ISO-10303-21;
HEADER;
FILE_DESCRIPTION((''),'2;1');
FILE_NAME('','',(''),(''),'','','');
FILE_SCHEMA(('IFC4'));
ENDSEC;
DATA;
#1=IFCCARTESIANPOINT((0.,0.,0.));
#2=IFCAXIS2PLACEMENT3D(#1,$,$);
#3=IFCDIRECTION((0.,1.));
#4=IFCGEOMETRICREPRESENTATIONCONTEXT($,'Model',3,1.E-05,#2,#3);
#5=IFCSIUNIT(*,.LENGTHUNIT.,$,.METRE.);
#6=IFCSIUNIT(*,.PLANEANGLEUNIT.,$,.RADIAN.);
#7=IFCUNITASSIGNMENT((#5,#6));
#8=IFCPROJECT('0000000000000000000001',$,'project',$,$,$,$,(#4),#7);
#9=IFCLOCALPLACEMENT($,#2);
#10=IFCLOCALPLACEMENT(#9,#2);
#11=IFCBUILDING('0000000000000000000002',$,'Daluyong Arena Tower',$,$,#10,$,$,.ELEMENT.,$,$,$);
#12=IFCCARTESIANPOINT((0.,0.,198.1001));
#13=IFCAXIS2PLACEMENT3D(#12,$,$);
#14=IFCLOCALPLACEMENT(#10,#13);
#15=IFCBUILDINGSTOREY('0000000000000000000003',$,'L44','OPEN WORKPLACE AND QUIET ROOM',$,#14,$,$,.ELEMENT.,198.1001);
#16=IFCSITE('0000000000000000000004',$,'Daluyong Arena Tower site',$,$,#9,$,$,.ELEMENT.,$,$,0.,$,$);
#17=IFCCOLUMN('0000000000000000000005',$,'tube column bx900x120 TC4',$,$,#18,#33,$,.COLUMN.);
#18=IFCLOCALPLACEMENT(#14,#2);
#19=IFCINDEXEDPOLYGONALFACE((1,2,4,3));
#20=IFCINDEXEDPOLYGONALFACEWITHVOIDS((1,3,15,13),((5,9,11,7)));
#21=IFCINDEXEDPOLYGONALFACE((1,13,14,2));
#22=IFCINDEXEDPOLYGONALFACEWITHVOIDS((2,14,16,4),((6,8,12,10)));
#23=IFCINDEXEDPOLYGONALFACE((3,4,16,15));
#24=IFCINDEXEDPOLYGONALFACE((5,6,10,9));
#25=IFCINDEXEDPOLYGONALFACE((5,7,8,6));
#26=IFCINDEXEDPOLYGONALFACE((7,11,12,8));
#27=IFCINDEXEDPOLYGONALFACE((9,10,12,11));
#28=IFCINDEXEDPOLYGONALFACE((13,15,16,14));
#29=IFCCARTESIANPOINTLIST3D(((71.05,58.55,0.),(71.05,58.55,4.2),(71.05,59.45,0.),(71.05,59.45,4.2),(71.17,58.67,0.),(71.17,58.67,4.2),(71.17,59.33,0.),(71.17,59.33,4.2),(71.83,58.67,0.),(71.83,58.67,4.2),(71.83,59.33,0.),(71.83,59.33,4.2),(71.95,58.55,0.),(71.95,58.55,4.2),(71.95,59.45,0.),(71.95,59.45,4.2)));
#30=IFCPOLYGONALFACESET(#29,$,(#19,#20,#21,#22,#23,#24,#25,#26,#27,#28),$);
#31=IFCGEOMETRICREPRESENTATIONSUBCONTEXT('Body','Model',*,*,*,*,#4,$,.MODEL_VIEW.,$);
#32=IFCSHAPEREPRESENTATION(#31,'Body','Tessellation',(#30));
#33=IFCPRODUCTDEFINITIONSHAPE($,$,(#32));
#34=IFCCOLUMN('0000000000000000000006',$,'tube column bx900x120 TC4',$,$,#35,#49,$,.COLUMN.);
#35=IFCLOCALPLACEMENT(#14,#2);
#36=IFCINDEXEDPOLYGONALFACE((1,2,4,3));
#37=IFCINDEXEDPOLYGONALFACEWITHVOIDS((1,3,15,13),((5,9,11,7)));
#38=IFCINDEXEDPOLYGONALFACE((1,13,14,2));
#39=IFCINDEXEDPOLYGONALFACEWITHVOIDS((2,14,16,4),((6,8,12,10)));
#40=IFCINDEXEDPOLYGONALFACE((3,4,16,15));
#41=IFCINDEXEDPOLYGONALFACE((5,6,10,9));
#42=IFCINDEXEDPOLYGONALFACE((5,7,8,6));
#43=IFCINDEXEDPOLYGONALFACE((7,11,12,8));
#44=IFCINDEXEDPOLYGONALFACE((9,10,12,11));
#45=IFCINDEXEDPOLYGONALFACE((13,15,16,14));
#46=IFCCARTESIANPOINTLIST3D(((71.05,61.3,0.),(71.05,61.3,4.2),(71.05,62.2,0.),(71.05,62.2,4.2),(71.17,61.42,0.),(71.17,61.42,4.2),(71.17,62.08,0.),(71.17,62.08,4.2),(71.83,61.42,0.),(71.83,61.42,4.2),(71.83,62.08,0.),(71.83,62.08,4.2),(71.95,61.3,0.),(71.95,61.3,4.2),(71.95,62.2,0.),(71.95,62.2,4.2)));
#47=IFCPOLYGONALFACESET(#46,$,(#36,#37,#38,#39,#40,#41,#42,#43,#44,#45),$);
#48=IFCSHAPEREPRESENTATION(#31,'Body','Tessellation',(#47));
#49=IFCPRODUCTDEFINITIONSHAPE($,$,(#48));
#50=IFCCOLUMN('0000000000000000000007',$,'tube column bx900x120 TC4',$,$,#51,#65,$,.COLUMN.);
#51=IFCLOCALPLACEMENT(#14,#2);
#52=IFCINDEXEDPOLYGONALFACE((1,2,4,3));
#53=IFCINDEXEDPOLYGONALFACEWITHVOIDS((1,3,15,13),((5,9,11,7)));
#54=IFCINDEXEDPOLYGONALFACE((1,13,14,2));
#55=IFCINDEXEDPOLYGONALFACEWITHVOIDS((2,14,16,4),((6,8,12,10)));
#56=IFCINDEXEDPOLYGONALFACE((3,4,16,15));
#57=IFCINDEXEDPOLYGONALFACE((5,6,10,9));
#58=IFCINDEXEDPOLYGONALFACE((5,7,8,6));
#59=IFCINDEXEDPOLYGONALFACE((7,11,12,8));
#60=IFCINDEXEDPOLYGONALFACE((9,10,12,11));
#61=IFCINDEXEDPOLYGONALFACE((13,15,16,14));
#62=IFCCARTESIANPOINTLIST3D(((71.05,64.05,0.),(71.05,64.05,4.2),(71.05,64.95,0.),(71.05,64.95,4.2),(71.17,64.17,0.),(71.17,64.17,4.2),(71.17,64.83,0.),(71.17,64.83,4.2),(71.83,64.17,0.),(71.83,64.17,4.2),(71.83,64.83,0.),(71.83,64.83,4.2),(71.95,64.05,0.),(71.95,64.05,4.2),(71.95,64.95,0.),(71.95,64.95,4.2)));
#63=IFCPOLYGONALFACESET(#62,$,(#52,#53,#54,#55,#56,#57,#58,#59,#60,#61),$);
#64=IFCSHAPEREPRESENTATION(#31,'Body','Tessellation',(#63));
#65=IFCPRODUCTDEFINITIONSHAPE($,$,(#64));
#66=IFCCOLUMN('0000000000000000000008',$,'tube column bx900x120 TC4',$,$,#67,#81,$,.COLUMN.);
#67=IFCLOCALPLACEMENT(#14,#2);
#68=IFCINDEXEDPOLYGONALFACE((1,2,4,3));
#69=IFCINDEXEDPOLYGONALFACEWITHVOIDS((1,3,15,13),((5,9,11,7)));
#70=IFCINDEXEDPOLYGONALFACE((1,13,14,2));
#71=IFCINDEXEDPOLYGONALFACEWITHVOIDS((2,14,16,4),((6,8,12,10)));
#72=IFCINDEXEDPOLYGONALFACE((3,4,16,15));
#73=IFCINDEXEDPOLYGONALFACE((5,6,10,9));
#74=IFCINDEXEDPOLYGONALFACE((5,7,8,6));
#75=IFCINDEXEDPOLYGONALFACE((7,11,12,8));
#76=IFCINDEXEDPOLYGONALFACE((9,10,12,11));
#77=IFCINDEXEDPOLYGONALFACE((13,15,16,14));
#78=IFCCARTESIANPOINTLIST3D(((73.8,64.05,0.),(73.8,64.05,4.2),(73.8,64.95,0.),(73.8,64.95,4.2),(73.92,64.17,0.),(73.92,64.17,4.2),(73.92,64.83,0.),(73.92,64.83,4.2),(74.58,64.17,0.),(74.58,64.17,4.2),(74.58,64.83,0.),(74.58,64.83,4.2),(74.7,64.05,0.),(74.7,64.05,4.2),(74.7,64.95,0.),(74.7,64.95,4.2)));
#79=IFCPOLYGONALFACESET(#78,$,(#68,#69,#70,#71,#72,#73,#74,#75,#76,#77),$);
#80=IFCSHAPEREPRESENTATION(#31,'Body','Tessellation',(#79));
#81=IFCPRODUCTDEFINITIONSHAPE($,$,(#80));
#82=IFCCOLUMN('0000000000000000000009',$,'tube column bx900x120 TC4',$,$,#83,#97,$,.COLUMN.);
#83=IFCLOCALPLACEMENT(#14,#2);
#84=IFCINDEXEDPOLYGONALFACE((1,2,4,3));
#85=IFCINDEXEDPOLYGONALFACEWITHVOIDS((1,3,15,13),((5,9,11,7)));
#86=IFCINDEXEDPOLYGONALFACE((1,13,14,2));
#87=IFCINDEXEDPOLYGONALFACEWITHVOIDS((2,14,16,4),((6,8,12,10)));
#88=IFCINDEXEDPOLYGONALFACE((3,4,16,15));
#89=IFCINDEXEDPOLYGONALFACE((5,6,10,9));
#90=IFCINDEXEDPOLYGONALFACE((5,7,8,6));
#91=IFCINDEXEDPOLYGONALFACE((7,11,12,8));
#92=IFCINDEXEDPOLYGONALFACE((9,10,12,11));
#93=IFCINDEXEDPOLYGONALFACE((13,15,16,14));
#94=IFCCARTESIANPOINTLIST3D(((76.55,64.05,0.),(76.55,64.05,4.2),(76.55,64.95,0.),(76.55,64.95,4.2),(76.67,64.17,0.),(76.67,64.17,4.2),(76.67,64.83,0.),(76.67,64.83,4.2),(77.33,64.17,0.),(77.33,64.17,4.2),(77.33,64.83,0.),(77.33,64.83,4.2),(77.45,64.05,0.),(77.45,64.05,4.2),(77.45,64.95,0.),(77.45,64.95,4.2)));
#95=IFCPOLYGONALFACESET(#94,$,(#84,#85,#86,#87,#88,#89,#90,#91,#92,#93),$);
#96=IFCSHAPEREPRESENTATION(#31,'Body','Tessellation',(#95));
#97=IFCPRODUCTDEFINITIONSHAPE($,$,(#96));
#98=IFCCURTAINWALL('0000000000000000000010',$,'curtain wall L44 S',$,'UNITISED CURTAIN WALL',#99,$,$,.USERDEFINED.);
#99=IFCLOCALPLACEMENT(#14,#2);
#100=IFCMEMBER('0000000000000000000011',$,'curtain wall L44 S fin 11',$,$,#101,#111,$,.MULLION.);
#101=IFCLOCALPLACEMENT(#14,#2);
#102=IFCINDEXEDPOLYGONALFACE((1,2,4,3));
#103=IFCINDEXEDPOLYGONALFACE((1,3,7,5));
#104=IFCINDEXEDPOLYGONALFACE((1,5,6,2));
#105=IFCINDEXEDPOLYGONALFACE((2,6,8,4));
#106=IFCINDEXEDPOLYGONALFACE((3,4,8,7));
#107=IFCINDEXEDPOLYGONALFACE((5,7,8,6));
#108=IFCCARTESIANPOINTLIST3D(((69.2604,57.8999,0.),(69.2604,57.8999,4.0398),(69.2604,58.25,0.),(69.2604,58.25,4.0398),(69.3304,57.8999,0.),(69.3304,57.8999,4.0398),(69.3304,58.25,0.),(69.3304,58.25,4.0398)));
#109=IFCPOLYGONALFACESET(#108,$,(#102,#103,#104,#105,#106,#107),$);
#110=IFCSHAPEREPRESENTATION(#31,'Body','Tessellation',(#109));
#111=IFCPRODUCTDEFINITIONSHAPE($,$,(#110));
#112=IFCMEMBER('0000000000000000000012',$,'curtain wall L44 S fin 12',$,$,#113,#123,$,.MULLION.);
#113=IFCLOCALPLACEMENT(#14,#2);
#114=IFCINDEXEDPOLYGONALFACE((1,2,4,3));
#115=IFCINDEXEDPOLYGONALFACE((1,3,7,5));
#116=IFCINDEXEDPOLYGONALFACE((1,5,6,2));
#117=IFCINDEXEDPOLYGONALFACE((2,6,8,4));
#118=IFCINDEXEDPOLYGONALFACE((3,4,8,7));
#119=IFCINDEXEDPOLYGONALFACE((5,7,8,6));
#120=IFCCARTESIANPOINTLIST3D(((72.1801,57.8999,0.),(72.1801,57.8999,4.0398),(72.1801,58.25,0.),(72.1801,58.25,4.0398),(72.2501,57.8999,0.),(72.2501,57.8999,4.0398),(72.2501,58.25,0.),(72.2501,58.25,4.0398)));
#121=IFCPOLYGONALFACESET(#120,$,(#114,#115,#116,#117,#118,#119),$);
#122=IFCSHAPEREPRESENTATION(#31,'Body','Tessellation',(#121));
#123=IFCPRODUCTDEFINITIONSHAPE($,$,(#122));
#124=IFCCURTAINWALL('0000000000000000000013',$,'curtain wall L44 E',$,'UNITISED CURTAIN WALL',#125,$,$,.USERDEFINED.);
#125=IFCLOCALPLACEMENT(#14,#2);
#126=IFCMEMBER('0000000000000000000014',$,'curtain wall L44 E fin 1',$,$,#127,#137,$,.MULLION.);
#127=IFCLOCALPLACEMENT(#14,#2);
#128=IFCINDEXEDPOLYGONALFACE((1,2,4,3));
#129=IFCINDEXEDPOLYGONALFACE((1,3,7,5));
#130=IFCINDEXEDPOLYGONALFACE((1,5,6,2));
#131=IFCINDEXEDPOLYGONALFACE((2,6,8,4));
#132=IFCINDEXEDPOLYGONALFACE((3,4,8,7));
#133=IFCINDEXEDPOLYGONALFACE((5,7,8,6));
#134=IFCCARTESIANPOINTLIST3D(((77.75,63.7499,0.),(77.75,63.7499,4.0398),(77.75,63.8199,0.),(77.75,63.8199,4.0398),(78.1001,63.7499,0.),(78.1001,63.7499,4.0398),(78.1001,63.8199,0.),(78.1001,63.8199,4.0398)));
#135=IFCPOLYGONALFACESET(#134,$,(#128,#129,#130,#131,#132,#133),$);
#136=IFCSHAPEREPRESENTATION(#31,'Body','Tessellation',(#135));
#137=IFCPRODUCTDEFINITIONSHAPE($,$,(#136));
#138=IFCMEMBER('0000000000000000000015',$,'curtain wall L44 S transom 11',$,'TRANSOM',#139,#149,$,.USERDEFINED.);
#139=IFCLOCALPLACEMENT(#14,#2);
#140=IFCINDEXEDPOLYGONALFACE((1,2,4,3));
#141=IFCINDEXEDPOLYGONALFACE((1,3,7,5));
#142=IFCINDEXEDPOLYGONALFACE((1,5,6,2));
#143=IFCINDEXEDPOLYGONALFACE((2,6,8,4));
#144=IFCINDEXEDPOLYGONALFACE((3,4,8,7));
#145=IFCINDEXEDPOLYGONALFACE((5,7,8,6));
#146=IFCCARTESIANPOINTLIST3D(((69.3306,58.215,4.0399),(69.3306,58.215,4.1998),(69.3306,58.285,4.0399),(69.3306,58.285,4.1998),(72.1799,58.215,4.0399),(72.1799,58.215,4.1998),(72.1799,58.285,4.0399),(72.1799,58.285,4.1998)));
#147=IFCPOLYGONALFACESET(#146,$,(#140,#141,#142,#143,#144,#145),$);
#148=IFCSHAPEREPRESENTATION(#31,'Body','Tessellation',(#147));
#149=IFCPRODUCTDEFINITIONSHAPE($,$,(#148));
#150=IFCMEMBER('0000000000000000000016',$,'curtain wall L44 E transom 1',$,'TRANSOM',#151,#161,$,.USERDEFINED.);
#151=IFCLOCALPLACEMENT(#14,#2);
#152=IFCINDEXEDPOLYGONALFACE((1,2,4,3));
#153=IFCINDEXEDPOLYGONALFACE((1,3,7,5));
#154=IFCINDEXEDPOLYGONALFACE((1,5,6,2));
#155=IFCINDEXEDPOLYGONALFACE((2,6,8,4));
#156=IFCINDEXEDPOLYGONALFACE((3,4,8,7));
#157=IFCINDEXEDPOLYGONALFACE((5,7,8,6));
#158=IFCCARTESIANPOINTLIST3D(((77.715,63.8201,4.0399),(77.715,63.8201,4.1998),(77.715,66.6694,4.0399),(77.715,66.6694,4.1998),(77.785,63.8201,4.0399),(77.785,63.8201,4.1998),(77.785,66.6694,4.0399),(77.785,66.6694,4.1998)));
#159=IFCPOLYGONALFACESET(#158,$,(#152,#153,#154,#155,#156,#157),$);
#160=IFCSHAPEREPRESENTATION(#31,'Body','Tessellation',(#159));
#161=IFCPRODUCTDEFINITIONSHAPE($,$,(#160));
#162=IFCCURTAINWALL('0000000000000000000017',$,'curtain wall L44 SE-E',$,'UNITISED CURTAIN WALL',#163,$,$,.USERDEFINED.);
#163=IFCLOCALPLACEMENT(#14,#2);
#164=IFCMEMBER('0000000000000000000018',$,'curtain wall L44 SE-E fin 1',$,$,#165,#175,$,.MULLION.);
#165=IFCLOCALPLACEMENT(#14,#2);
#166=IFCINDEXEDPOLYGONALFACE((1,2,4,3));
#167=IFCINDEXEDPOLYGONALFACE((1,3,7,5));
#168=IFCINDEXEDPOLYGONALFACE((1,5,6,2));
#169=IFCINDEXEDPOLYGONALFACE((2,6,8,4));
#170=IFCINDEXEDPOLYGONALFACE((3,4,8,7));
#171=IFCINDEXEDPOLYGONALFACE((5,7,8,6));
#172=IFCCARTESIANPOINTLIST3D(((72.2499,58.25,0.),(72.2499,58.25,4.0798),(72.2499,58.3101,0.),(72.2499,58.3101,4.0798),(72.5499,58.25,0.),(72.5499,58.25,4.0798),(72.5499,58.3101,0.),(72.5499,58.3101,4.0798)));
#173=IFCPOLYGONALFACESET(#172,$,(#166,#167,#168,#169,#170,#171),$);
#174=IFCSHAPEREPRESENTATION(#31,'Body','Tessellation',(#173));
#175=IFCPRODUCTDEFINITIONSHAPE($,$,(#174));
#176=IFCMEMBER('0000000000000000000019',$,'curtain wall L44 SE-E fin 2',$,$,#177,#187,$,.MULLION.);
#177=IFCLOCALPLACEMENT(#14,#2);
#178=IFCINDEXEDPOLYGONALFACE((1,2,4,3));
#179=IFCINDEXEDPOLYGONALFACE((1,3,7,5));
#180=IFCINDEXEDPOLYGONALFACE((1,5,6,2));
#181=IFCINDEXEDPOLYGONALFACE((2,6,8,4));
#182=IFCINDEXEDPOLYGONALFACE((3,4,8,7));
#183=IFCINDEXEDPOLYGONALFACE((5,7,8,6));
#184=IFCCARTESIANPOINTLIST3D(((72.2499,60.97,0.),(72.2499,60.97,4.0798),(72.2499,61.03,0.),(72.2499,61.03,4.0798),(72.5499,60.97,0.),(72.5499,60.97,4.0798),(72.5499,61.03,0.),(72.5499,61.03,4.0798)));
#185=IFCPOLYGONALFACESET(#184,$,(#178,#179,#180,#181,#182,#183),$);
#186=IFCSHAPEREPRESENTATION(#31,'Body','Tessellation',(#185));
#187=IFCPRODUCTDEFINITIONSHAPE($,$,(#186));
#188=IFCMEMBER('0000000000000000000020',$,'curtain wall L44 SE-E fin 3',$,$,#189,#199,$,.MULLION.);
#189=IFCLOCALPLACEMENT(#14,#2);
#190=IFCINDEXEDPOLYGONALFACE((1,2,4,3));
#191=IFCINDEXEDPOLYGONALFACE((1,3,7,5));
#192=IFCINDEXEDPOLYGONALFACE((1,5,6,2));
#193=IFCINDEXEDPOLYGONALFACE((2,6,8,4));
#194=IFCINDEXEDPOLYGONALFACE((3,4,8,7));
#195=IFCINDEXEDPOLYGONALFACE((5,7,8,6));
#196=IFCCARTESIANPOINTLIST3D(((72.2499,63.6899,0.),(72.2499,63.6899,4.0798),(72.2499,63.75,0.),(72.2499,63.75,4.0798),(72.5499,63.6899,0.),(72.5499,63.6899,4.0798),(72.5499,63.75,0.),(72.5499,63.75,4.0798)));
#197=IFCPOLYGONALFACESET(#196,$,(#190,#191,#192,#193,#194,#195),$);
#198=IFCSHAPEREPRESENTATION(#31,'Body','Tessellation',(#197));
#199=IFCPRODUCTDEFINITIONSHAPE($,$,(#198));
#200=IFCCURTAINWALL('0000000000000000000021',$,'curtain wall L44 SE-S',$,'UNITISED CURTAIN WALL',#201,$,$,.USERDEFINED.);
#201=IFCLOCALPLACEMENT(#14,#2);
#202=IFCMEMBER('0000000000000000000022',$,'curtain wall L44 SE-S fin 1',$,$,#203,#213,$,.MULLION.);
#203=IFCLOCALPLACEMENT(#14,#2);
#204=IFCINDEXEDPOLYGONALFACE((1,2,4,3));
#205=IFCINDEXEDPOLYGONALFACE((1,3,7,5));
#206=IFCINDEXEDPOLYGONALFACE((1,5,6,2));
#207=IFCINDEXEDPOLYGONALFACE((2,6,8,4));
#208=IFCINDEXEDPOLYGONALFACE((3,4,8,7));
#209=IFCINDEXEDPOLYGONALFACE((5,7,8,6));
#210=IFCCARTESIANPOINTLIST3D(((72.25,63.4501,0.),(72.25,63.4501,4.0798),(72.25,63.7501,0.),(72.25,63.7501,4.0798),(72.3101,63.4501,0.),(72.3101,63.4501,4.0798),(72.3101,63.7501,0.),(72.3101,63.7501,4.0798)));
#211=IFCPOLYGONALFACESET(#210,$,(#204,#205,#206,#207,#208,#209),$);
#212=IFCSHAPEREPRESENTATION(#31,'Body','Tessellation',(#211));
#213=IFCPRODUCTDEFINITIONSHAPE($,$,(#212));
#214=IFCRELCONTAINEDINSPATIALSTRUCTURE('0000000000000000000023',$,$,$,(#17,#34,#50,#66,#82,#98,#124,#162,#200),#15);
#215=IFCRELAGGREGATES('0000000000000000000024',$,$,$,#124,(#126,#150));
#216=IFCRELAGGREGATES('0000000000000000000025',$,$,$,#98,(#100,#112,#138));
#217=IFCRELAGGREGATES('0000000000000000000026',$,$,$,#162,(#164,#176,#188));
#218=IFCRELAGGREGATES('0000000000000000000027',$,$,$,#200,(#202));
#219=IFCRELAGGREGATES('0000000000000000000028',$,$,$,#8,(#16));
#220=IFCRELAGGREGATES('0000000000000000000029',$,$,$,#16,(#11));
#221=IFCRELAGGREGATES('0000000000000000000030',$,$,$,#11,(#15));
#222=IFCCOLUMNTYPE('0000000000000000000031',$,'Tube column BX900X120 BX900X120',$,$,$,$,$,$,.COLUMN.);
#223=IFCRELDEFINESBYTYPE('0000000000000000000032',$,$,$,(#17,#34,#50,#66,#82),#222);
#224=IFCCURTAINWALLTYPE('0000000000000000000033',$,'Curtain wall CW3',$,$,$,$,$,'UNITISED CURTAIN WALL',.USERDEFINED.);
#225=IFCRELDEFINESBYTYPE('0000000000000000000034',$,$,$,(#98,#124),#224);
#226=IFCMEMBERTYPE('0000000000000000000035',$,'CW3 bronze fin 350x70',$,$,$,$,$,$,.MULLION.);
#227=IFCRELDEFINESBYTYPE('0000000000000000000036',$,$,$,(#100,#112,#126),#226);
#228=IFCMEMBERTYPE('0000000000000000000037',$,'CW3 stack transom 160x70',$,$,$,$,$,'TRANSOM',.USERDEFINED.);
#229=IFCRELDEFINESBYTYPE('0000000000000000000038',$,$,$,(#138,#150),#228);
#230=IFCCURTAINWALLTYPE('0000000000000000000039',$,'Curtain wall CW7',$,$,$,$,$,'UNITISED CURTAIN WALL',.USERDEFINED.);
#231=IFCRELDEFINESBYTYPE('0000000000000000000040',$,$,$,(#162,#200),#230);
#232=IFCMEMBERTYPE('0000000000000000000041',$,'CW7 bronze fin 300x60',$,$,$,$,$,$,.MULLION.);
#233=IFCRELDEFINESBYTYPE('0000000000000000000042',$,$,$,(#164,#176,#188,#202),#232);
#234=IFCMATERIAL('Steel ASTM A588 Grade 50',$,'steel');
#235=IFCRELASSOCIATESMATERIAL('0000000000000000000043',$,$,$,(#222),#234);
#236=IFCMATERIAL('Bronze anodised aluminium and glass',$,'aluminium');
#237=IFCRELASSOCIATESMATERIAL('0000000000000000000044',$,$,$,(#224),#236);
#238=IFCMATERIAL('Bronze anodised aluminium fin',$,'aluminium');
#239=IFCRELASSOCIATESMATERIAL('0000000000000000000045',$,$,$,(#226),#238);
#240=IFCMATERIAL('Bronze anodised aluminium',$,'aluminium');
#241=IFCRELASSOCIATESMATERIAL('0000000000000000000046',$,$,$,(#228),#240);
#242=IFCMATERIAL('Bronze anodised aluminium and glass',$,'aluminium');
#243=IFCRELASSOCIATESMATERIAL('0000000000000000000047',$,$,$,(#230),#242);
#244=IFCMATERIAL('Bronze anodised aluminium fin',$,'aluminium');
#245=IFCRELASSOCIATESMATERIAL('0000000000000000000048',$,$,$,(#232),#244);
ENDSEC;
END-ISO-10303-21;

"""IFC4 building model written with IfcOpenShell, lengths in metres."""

from ifc_helpers import new_model, si_unit, direction, frame, origin, origin_2d, place, context, subcontext, project, spatial, rectangle, hollow_rectangle, extrude, material, material_profile, profile_set, type_object, element, aggregate, save


model = new_model("IFC4")

# Units and contexts
model_context = context("Model", 3, precision=1e-05, world=origin(), true_north=direction((0.0, 1.0)))
body_context = subcontext(model_context, "Body", "Model", "MODEL_VIEW")
ifc_project = project(units=[si_unit("LENGTHUNIT", "METRE"), si_unit("PLANEANGLEUNIT", "RADIAN")], contexts=[model_context])

# Site, building, storey
site_placement = place(None, origin())
site = spatial("IfcSite", under=ifc_project, at=site_placement, Name="Daluyong Arena Tower site", CompositionType="ELEMENT", RefElevation=0.0)
building_placement = place(site_placement, origin())
building = spatial("IfcBuilding", under=site, at=building_placement, Name="Daluyong Arena Tower", CompositionType="ELEMENT")
storey_placement = place(building_placement, frame((0.0, 0.0, 198.1001)))
storey = spatial("IfcBuildingStorey", under=building, at=storey_placement, Name="L44", Description="OPEN WORKPLACE AND QUIET ROOM", CompositionType="ELEMENT", Elevation=198.1001)

# Columns
ifc_material_1 = material(Name="Steel ASTM A588 Grade 50", Category="steel")
ifc_material_profile_1 = material_profile(ifc_material_1, hollow_rectangle(XDim=0.8999, YDim=0.8999, WallThickness=0.12, at=origin_2d()))
ifc_profile_set_1 = profile_set([ifc_material_profile_1], Name="Steel ASTM A588 Grade 50")
column_type = type_object("IfcColumnType", Name="Tube column BX900X120 BX900X120", PredefinedType="COLUMN", material=ifc_profile_set_1)
for number, where, z_axis, x_axis, name in (
    (1, (71.5, 59.0, 0.0), (0.0, 0.0, 1.0), (0.0, 1.0, 0.0), "tube column bx900x120 TC4"),
    (2, (71.5, 61.75, 0.0), (0.0, 0.0, 1.0), (0.0, 1.0, 0.0), "tube column bx900x120 TC4"),
    (3, (71.5, 64.5, 0.0), (0.0, 0.0, 1.0), (1.0, 0.0, 0.0), "tube column bx900x120 TC4"),
    (4, (74.25, 64.5, 0.0), (0.0, 0.0, 1.0), (1.0, 0.0, 0.0), "tube column bx900x120 TC4"),
    (5, (77.0, 64.5, 0.0), (0.0, 0.0, 1.0), (0.0, 1.0, 0.0), "tube column bx900x120 TC4"),
):
    element("IfcColumn", number, at=place(storey_placement, frame(where, z_axis=z_axis, x_axis=x_axis)), inside=storey, type_object=column_type, Name=name, PredefinedType="COLUMN", context=body_context, shape_type="SweptSolid", body=[
        extrude(hollow_rectangle(XDim=0.8999, YDim=0.8999, WallThickness=0.12, at=origin_2d()), origin(), (0.0, 0.0, 1.0), 4.2),
    ])

# Curtain wall, members
ifc_material_2 = material(Name="Bronze anodised aluminium and glass", Category="aluminium")
curtain_wall_type_1 = type_object("IfcCurtainWallType", Name="Curtain wall CW3", ElementType="UNITISED CURTAIN WALL", PredefinedType="USERDEFINED", material=ifc_material_2)
curtain_wall_1_placement = place(storey_placement, origin())
curtain_wall_1 = element("IfcCurtainWall", 6, at=curtain_wall_1_placement, inside=storey, type_object=curtain_wall_type_1, Name="curtain wall L44 S", ObjectType="UNITISED CURTAIN WALL", PredefinedType="USERDEFINED")
ifc_material_3 = material(Name="Bronze anodised aluminium fin", Category="aluminium")
ifc_material_profile_2 = material_profile(ifc_material_3, rectangle(XDim=0.3501, YDim=0.0701, at=origin_2d()))
ifc_profile_set_2 = profile_set([ifc_material_profile_2], Name="Bronze anodised aluminium fin")
member_type_1 = type_object("IfcMemberType", Name="CW3 bronze fin 350x70", PredefinedType="MULLION", material=ifc_profile_set_2)
member_1_placement = place(storey_placement, frame((69.2954, 58.075, 0.0), z_axis=(0.0, 0.0, 1.0), x_axis=(0.0, 1.0, 0.0)))
member_1 = element("IfcMember", 7, at=member_1_placement, type_object=member_type_1, Name="curtain wall L44 S fin 11", PredefinedType="MULLION", context=body_context, shape_type="SweptSolid", body=[
    extrude(rectangle(XDim=0.3501, YDim=0.0701, at=origin_2d()), origin(), (0.0, 0.0, 1.0), 4.0398),
])
member_2_placement = place(storey_placement, frame((72.2151, 58.075, 0.0), z_axis=(0.0, 0.0, 1.0), x_axis=(0.0, 1.0, 0.0)))
member_2 = element("IfcMember", 8, at=member_2_placement, type_object=member_type_1, Name="curtain wall L44 S fin 12", PredefinedType="MULLION", context=body_context, shape_type="SweptSolid", body=[
    extrude(rectangle(XDim=0.3501, YDim=0.0701, at=origin_2d()), origin(), (0.0, 0.0, 1.0), 4.0398),
])

# Curtain wall, member
curtain_wall_2_placement = place(storey_placement, origin())
curtain_wall_2 = element("IfcCurtainWall", 9, at=curtain_wall_2_placement, inside=storey, type_object=curtain_wall_type_1, Name="curtain wall L44 E", ObjectType="UNITISED CURTAIN WALL", PredefinedType="USERDEFINED")
member_3_placement = place(storey_placement, frame((77.925, 63.7849, 0.0), z_axis=(0.0, 0.0, 1.0), x_axis=(-1.0, 0.0, 0.0)))
member_3 = element("IfcMember", 10, at=member_3_placement, type_object=member_type_1, Name="curtain wall L44 E fin 1", PredefinedType="MULLION", context=body_context, shape_type="SweptSolid", body=[
    extrude(rectangle(XDim=0.3501, YDim=0.0701, at=origin_2d()), origin(), (0.0, 0.0, 1.0), 4.0398),
])

# Members
ifc_material_4 = material(Name="Bronze anodised aluminium", Category="aluminium")
ifc_material_profile_3 = material_profile(ifc_material_4, rectangle(XDim=0.0701, YDim=0.1599, at=origin_2d()))
ifc_profile_set_3 = profile_set([ifc_material_profile_3], Name="Bronze anodised aluminium")
member_type_2 = type_object("IfcMemberType", Name="CW3 stack transom 160x70", ElementType="TRANSOM", PredefinedType="USERDEFINED", material=ifc_profile_set_3)
member_4_placement = place(storey_placement, frame((69.3306, 58.25, 4.1199), z_axis=(1.0, 0.0, 0.0), x_axis=(0.0, 1.0, 0.0)))
member_4 = element("IfcMember", 11, at=member_4_placement, type_object=member_type_2, Name="curtain wall L44 S transom 11", ObjectType="TRANSOM", PredefinedType="USERDEFINED", context=body_context, shape_type="SweptSolid", body=[
    extrude(rectangle(XDim=0.0701, YDim=0.1599, at=origin_2d()), origin(), (0.0, 0.0, 1.0), 2.8494),
])
member_5_placement = place(storey_placement, frame((77.75, 63.8201, 4.1199), z_axis=(0.0, 1.0, 0.0), x_axis=(-1.0, 0.0, 0.0)))
member_5 = element("IfcMember", 12, at=member_5_placement, type_object=member_type_2, Name="curtain wall L44 E transom 1", ObjectType="TRANSOM", PredefinedType="USERDEFINED", context=body_context, shape_type="SweptSolid", body=[
    extrude(rectangle(XDim=0.0701, YDim=0.1599, at=origin_2d()), origin(), (0.0, 0.0, 1.0), 2.8494),
])
aggregate(curtain_wall_2, [member_3, member_5])

# Curtain walls, members
ifc_material_5 = material(Name="Bronze anodised aluminium and glass", Category="aluminium")
curtain_wall_type_2 = type_object("IfcCurtainWallType", Name="Curtain wall CW7", ElementType="UNITISED CURTAIN WALL", PredefinedType="USERDEFINED", material=ifc_material_5)
curtain_wall_3_placement = place(storey_placement, origin())
curtain_wall_3 = element("IfcCurtainWall", 13, at=curtain_wall_3_placement, inside=storey, type_object=curtain_wall_type_2, Name="curtain wall L44 SE-E", ObjectType="UNITISED CURTAIN WALL", PredefinedType="USERDEFINED")
ifc_material_6 = material(Name="Bronze anodised aluminium fin", Category="aluminium")
ifc_material_profile_4 = material_profile(ifc_material_6, rectangle(XDim=0.3, YDim=0.0601, at=origin_2d()))
ifc_profile_set_4 = profile_set([ifc_material_profile_4], Name="Bronze anodised aluminium fin")
member_type_3 = type_object("IfcMemberType", Name="CW7 bronze fin 300x60", PredefinedType="MULLION", material=ifc_profile_set_4)
member_6_placement = place(storey_placement, frame((72.3999, 58.28, 0.0), z_axis=(0.0, 0.0, 1.0), x_axis=(-1.0, 0.0, 0.0)))
member_6 = element("IfcMember", 14, at=member_6_placement, type_object=member_type_3, Name="curtain wall L44 SE-E fin 1", PredefinedType="MULLION", context=body_context, shape_type="SweptSolid", body=[
    extrude(rectangle(XDim=0.3, YDim=0.0601, at=origin_2d()), origin(), (0.0, 0.0, 1.0), 4.0798),
])
member_7_placement = place(storey_placement, frame((72.3999, 61.0, 0.0), z_axis=(0.0, 0.0, 1.0), x_axis=(-1.0, 0.0, 0.0)))
member_7 = element("IfcMember", 15, at=member_7_placement, type_object=member_type_3, Name="curtain wall L44 SE-E fin 2", PredefinedType="MULLION", context=body_context, shape_type="SweptSolid", body=[
    extrude(rectangle(XDim=0.3, YDim=0.0601, at=origin_2d()), origin(), (0.0, 0.0, 1.0), 4.0798),
])
member_8_placement = place(storey_placement, frame((72.3999, 63.72, 0.0), z_axis=(0.0, 0.0, 1.0), x_axis=(-1.0, 0.0, 0.0)))
member_8 = element("IfcMember", 16, at=member_8_placement, type_object=member_type_3, Name="curtain wall L44 SE-E fin 3", PredefinedType="MULLION", context=body_context, shape_type="SweptSolid", body=[
    extrude(rectangle(XDim=0.3, YDim=0.0601, at=origin_2d()), origin(), (0.0, 0.0, 1.0), 4.0798),
])
curtain_wall_4_placement = place(storey_placement, origin())
curtain_wall_4 = element("IfcCurtainWall", 17, at=curtain_wall_4_placement, inside=storey, type_object=curtain_wall_type_2, Name="curtain wall L44 SE-S", ObjectType="UNITISED CURTAIN WALL", PredefinedType="USERDEFINED")
member_9_placement = place(storey_placement, frame((72.28, 63.6001, 0.0), z_axis=(0.0, 0.0, 1.0), x_axis=(0.0, 1.0, 0.0)))
member_9 = element("IfcMember", 18, at=member_9_placement, type_object=member_type_3, Name="curtain wall L44 SE-S fin 1", PredefinedType="MULLION", context=body_context, shape_type="SweptSolid", body=[
    extrude(rectangle(XDim=0.3, YDim=0.0601, at=origin_2d()), origin(), (0.0, 0.0, 1.0), 4.0798),
])

aggregate(curtain_wall_1, [member_1, member_2, member_4])
aggregate(curtain_wall_3, [member_6, member_7, member_8])
aggregate(curtain_wall_4, [member_9])

save(model, "model.ifc")
